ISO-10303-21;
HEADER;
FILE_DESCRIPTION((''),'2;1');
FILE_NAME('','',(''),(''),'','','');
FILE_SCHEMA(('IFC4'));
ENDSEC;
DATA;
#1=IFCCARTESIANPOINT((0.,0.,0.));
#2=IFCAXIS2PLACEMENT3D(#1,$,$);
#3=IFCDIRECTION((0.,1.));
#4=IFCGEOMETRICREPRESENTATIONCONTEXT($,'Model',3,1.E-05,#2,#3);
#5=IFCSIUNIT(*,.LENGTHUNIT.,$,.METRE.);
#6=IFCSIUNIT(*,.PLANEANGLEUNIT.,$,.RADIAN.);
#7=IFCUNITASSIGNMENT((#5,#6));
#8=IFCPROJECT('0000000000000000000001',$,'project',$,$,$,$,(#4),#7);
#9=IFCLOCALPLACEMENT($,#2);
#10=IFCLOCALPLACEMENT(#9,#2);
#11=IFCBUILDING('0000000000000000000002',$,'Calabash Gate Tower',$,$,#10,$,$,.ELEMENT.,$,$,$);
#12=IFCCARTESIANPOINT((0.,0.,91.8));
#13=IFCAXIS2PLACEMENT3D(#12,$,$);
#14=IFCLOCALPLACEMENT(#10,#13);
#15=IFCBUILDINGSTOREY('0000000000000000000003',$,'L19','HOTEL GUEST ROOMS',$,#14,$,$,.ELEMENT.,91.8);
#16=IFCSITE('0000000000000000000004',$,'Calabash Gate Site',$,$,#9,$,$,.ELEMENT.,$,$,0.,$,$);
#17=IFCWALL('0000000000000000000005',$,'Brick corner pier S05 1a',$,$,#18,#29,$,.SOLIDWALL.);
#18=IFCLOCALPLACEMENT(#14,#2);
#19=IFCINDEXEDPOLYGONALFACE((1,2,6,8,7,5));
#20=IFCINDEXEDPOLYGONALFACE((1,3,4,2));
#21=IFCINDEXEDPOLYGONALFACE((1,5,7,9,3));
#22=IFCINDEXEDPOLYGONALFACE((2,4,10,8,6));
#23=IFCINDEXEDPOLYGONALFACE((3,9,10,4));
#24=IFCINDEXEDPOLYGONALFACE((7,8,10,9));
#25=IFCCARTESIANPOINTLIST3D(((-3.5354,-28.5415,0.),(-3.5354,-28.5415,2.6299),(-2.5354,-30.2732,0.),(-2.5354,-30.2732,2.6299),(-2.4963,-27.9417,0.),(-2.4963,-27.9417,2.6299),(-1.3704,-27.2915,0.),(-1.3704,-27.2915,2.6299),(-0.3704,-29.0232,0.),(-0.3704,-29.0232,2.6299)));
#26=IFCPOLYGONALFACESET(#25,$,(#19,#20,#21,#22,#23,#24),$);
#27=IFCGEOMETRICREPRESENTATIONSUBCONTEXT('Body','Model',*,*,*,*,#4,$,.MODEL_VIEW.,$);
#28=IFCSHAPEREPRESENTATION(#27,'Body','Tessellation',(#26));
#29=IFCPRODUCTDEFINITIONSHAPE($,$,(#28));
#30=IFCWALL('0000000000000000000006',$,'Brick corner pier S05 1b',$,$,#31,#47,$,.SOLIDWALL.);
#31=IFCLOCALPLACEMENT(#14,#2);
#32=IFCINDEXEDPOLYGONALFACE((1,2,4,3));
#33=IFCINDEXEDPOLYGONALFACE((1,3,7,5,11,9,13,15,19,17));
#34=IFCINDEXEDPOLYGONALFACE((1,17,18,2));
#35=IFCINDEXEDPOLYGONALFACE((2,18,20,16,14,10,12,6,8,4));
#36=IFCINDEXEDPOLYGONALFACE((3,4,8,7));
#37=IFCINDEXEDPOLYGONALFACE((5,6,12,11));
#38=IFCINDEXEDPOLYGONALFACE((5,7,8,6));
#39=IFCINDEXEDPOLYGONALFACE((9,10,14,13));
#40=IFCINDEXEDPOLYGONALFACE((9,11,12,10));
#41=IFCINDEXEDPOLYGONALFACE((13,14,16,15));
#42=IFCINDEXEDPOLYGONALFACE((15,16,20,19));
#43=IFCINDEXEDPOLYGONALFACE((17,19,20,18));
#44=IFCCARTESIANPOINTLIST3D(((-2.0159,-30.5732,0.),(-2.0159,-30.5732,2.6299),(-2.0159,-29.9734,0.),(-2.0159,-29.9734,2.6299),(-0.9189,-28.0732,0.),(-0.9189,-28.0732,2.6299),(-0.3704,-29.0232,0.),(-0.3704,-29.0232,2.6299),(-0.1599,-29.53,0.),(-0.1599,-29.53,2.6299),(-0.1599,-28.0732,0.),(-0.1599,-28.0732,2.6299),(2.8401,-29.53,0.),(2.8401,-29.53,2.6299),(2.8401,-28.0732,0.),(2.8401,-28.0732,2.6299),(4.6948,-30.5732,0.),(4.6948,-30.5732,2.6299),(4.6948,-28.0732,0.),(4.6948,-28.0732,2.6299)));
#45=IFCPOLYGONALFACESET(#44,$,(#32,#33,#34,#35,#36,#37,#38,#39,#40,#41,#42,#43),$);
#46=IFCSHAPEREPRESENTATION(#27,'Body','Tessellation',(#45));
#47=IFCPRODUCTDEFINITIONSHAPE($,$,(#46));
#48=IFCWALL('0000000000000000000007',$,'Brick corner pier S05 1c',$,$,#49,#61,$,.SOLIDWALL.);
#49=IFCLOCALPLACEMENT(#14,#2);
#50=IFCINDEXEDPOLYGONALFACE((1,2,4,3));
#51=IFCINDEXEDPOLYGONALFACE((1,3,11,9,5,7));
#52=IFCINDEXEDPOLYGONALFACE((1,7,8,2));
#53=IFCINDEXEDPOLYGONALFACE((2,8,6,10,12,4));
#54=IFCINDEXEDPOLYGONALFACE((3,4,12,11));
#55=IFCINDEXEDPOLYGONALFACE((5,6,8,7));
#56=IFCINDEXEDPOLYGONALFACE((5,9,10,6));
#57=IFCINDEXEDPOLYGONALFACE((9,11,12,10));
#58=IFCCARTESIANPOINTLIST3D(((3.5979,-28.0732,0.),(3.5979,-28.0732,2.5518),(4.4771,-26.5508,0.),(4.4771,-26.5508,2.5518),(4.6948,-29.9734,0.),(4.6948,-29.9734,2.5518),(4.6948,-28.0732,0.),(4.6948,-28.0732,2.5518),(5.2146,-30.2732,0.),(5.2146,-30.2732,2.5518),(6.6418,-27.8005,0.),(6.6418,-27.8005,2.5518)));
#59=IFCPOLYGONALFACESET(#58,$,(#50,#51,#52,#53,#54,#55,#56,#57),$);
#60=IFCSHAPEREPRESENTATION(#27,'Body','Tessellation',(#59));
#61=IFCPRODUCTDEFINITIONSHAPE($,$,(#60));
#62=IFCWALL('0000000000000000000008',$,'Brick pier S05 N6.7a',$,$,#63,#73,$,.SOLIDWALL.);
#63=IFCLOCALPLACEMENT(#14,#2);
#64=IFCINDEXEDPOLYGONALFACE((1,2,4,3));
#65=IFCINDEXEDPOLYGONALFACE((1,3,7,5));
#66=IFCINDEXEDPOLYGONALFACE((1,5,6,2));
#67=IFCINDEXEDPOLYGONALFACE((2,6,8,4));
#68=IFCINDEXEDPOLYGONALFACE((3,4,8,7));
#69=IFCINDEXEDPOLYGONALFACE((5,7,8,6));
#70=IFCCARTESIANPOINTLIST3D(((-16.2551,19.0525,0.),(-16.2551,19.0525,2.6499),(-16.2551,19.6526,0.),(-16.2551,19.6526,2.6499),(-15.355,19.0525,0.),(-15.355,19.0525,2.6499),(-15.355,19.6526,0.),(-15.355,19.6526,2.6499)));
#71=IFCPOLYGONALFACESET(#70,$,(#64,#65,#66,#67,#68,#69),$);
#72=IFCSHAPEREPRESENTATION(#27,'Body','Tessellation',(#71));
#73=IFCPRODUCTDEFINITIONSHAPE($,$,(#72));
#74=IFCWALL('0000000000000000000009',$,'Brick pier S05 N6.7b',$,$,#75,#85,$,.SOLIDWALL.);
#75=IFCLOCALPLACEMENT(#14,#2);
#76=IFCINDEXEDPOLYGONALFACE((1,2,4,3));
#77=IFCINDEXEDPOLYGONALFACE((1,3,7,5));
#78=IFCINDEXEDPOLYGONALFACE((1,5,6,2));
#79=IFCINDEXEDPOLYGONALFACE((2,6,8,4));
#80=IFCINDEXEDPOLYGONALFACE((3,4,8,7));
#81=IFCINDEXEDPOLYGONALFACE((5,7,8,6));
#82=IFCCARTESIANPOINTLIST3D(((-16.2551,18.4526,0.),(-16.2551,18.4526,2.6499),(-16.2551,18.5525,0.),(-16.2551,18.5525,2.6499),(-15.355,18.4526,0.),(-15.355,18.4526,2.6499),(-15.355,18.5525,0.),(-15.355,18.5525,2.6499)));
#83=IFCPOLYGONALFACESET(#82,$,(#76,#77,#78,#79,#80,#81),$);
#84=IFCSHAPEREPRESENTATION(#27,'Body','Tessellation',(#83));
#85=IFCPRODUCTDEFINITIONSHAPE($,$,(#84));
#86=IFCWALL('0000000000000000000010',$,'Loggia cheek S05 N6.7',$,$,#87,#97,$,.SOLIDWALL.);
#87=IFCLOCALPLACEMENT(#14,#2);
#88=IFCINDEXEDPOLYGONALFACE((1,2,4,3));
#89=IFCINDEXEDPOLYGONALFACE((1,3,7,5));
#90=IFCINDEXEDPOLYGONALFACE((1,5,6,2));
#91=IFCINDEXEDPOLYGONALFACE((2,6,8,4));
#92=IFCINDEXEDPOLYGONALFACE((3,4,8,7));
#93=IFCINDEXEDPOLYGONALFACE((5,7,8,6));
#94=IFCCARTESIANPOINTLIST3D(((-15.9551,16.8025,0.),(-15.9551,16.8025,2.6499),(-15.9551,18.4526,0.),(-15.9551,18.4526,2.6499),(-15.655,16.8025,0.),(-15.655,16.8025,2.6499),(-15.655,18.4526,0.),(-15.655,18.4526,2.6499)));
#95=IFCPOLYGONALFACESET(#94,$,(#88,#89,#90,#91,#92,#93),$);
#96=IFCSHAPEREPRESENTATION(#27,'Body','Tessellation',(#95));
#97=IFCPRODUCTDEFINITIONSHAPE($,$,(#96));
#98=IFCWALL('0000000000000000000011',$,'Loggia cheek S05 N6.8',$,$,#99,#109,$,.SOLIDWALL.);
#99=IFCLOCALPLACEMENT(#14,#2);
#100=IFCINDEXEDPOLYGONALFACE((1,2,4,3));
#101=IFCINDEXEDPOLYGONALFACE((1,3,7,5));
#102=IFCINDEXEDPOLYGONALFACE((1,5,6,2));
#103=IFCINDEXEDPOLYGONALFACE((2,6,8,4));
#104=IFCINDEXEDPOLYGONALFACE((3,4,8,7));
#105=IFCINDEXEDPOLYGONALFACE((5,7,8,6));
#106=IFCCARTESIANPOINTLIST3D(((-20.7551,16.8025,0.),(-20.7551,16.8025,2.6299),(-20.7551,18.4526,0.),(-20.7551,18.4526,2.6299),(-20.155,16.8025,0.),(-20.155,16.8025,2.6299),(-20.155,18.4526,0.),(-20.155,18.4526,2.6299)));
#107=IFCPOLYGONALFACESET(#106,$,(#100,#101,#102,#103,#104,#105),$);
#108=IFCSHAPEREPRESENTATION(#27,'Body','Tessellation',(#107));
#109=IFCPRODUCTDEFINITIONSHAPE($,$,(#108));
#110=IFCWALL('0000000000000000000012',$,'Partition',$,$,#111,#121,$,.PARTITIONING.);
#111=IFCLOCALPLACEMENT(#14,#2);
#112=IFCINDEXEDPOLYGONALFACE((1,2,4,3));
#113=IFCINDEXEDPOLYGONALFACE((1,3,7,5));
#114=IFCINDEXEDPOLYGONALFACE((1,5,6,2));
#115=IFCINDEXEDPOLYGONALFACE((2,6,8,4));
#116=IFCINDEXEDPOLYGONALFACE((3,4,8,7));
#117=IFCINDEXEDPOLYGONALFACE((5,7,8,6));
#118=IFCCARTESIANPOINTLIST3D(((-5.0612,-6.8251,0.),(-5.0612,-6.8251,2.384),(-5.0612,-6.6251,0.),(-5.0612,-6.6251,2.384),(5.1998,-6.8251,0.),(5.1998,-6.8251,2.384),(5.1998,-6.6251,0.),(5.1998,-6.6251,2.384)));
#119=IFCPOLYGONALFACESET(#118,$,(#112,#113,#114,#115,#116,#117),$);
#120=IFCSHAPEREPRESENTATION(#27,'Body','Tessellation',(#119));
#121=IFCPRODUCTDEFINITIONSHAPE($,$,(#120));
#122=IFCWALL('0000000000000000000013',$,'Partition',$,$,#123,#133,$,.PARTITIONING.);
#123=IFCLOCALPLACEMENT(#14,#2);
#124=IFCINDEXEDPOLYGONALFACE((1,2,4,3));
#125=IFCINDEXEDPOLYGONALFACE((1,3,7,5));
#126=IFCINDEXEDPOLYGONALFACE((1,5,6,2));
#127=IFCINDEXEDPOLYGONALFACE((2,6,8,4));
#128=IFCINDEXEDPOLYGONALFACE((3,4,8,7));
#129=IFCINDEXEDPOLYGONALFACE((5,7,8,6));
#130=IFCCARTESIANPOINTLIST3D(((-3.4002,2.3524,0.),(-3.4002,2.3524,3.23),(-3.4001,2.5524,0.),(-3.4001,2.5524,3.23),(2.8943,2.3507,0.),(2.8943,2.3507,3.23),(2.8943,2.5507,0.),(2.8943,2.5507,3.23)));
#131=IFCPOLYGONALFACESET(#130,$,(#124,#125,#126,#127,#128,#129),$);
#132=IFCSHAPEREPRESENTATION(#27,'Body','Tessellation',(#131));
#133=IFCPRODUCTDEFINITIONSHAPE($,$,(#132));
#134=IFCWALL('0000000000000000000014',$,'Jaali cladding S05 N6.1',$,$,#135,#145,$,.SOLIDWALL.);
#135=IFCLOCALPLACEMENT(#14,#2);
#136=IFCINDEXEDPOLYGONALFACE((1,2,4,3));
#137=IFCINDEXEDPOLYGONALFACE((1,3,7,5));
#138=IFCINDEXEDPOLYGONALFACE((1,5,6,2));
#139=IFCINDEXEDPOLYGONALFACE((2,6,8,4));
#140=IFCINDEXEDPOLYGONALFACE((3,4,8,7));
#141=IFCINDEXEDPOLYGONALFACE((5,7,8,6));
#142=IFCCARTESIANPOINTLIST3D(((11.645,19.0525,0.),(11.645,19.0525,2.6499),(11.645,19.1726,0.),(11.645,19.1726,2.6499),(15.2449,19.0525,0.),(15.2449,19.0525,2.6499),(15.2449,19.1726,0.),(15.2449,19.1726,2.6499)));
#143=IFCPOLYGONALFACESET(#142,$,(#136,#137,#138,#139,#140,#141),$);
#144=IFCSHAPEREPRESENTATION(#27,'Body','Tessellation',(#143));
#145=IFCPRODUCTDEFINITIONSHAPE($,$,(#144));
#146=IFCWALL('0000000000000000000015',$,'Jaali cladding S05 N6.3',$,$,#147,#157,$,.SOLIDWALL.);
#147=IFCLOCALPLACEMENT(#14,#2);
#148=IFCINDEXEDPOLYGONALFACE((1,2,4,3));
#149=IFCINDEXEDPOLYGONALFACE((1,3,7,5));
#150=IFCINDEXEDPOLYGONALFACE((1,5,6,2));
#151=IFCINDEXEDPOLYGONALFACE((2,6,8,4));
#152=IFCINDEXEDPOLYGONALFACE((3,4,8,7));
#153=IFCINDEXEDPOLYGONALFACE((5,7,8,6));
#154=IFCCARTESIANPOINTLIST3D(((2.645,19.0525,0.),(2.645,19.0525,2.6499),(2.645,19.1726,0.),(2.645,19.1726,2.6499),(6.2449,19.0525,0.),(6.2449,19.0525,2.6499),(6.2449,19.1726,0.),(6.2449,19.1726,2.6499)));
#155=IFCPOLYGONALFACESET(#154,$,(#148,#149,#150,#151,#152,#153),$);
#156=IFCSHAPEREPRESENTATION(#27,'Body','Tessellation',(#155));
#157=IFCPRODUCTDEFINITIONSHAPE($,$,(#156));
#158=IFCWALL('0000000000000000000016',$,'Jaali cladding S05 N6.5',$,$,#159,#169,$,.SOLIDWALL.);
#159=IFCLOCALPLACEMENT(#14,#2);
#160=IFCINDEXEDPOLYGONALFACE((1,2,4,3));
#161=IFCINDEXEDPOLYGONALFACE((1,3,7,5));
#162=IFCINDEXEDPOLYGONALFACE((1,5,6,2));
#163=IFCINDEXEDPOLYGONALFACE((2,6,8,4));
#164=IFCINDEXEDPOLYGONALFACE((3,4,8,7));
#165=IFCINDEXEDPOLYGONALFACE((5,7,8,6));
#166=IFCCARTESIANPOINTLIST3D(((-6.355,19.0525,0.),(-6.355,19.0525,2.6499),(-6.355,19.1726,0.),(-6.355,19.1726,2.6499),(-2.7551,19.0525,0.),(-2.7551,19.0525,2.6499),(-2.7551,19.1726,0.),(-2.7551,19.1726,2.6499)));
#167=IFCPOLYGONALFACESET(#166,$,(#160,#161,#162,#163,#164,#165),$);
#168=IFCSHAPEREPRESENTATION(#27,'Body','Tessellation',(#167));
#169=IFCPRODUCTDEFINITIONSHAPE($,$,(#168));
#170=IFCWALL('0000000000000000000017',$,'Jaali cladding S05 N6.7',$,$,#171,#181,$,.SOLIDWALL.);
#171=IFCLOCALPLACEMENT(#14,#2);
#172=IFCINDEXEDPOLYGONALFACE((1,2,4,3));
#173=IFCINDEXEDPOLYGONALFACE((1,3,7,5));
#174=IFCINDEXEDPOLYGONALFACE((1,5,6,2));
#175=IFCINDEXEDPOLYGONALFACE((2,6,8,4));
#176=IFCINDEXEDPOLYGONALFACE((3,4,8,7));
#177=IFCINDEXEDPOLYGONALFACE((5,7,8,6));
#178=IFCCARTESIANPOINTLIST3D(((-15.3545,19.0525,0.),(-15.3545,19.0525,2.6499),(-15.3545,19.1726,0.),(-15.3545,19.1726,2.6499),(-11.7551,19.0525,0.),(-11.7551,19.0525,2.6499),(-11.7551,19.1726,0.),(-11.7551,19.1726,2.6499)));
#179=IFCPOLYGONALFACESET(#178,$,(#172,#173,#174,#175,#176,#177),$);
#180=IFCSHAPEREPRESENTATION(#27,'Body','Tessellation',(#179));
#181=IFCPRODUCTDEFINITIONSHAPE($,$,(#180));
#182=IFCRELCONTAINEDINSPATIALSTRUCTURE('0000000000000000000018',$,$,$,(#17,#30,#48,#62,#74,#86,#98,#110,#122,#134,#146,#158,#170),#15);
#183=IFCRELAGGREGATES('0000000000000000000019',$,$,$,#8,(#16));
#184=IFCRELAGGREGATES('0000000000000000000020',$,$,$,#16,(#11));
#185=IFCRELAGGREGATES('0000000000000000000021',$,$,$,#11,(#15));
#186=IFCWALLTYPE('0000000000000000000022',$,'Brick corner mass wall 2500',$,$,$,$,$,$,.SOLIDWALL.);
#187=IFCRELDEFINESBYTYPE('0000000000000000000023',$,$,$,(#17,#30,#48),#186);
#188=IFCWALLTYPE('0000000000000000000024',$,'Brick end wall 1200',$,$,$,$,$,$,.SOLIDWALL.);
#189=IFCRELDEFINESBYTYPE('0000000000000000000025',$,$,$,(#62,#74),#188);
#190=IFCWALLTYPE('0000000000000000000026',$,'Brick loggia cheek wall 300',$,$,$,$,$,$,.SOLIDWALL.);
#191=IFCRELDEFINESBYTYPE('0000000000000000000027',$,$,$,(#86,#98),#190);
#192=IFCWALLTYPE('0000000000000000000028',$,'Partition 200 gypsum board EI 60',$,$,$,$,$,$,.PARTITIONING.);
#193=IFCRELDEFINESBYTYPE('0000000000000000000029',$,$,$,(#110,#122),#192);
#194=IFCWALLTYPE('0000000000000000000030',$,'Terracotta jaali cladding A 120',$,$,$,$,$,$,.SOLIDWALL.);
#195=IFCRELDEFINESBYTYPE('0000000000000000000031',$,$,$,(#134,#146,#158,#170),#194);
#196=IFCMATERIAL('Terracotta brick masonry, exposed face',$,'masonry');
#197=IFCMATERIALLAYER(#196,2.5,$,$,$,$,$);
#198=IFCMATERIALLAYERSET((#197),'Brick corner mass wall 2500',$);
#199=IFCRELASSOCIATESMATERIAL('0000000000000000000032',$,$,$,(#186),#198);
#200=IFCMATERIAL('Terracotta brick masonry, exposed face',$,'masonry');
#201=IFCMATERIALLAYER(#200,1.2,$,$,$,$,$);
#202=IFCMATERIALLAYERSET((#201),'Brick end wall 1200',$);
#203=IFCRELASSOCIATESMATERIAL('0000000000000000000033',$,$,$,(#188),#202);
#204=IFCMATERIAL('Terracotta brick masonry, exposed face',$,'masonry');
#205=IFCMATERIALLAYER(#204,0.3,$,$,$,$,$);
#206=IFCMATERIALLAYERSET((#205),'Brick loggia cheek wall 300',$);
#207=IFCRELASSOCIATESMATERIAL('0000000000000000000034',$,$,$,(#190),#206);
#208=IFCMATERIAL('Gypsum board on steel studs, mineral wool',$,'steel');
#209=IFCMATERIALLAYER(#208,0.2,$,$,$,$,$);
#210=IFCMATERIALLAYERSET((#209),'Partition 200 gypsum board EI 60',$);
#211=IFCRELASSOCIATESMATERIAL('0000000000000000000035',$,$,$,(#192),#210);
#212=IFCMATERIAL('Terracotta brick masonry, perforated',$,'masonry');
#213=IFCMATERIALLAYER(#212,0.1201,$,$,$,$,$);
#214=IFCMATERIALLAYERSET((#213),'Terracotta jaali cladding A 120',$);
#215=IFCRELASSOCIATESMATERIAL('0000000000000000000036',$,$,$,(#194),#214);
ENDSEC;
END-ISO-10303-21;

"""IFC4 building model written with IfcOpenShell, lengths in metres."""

from ifc_helpers import new_model, si_unit, direction, frame, frame_2d, origin, place, context, subcontext, project, spatial, polyline, rectangle, outline, extrude, material, layer, layer_set, type_object, element, save


model = new_model("IFC4")

# Units and contexts
model_context = context("Model", 3, precision=1e-05, world=origin(), true_north=direction((0.0, 1.0)))
body_context = subcontext(model_context, "Body", "Model", "MODEL_VIEW")
ifc_project = project(units=[si_unit("LENGTHUNIT", "METRE"), si_unit("PLANEANGLEUNIT", "RADIAN")], contexts=[model_context])

# Site, building, storey
site_placement = place(None, origin())
site = spatial("IfcSite", under=ifc_project, at=site_placement, Name="Calabash Gate Site", CompositionType="ELEMENT", RefElevation=0.0)
building_placement = place(site_placement, origin())
building = spatial("IfcBuilding", under=site, at=building_placement, Name="Calabash Gate Tower", CompositionType="ELEMENT")
storey_placement = place(building_placement, frame((0.0, 0.0, 91.8)))
storey = spatial("IfcBuildingStorey", under=building, at=storey_placement, Name="L19", Description="HOTEL GUEST ROOMS", CompositionType="ELEMENT", Elevation=91.8)

# Walls
ifc_material_1 = material(Name="Terracotta brick masonry, exposed face", Category="masonry")
ifc_layer_1 = layer(ifc_material_1, 2.5)
ifc_layer_set_1 = layer_set([ifc_layer_1], Name="Brick corner mass wall 2500")
wall_type_1 = type_object("IfcWallType", Name="Brick corner mass wall 2500", PredefinedType="SOLIDWALL", material=ifc_layer_set_1)
wall_1_placement = place(storey_placement, origin())
element("IfcWall", 1, at=wall_1_placement, inside=storey, type_object=wall_type_1, Name="Brick corner pier S05 1a", PredefinedType="SOLIDWALL", context=body_context, shape_type="SweptSolid", body=[
    extrude(outline(polyline([(-3.5354, -28.5415), (-2.5354, -30.2732), (-0.3704, -29.0232), (-1.3704, -27.2915), (-2.4963, -27.9417), (-2.4963, -27.9417), (-3.5354, -28.5415)])), origin(), (0.0, 0.0, 1.0), 2.6299),
])
wall_2_placement = place(storey_placement, origin())
element("IfcWall", 2, at=wall_2_placement, inside=storey, type_object=wall_type_1, Name="Brick corner pier S05 1b", PredefinedType="SOLIDWALL", context=body_context, shape_type="SweptSolid", body=[
    extrude(outline(polyline([(-0.9189, -28.0732), (-0.3704, -29.0232), (-2.0159, -29.9734), (-2.0159, -30.5732), (4.6948, -30.5732), (4.6948, -28.0732), (2.8401, -28.0732), (2.8401, -29.53), (-0.1599, -29.53), (-0.1599, -28.0732), (-0.9189, -28.0732)])), origin(), (0.0, 0.0, 1.0), 2.6299),
])
wall_3_placement = place(storey_placement, origin())
element("IfcWall", 3, at=wall_3_placement, inside=storey, type_object=wall_type_1, Name="Brick corner pier S05 1c", PredefinedType="SOLIDWALL", context=body_context, shape_type="SweptSolid", body=[
    extrude(outline(polyline([(6.6418, -27.8005), (4.4771, -26.5508), (3.5979, -28.0732), (4.6948, -28.0732), (4.6948, -29.9734), (5.2146, -30.2732), (6.6418, -27.8005)])), origin(), (0.0, 0.0, 1.0), 2.5518),
])
ifc_material_2 = material(Name="Terracotta brick masonry, exposed face", Category="masonry")
ifc_layer_2 = layer(ifc_material_2, 1.2)
ifc_layer_set_2 = layer_set([ifc_layer_2], Name="Brick end wall 1200")
wall_type_2 = type_object("IfcWallType", Name="Brick end wall 1200", PredefinedType="SOLIDWALL", material=ifc_layer_set_2)
wall_4_placement = place(storey_placement, origin())
element("IfcWall", 4, at=wall_4_placement, inside=storey, type_object=wall_type_2, Name="Brick pier S05 N6.7a", PredefinedType="SOLIDWALL", context=body_context, shape_type="SweptSolid", body=[
    extrude(outline(polyline([(-15.355, 19.0525), (-15.355, 19.6526), (-16.2551, 19.6526), (-16.2551, 19.0525), (-15.355, 19.0525)])), origin(), (0.0, 0.0, 1.0), 2.6499),
])
wall_5_placement = place(storey_placement, origin())
element("IfcWall", 5, at=wall_5_placement, inside=storey, type_object=wall_type_2, Name="Brick pier S05 N6.7b", PredefinedType="SOLIDWALL", context=body_context, shape_type="SweptSolid", body=[
    extrude(outline(polyline([(-15.355, 18.4526), (-15.355, 18.5525), (-16.2551, 18.5525), (-16.2551, 18.4526), (-15.355, 18.4526)])), origin(), (0.0, 0.0, 1.0), 2.6499),
])
ifc_material_3 = material(Name="Terracotta brick masonry, exposed face", Category="masonry")
ifc_layer_3 = layer(ifc_material_3, 0.3)
ifc_layer_set_3 = layer_set([ifc_layer_3], Name="Brick loggia cheek wall 300")
wall_type_3 = type_object("IfcWallType", Name="Brick loggia cheek wall 300", PredefinedType="SOLIDWALL", material=ifc_layer_set_3)
wall_6_placement = place(storey_placement, origin())
element("IfcWall", 6, at=wall_6_placement, inside=storey, type_object=wall_type_3, Name="Loggia cheek S05 N6.7", PredefinedType="SOLIDWALL", context=body_context, shape_type="SweptSolid", body=[
    extrude(outline(polyline([(-15.655, 16.8025), (-15.655, 18.4526), (-15.9551, 18.4526), (-15.9551, 16.8025), (-15.655, 16.8025)])), origin(), (0.0, 0.0, 1.0), 2.6499),
])
wall_7_placement = place(storey_placement, origin())
element("IfcWall", 7, at=wall_7_placement, inside=storey, type_object=wall_type_3, Name="Loggia cheek S05 N6.8", PredefinedType="SOLIDWALL", context=body_context, shape_type="SweptSolid", body=[
    extrude(outline(polyline([(-20.7551, 18.4526), (-20.7551, 16.8025), (-20.155, 16.8025), (-20.155, 18.4526), (-20.7551, 18.4526)])), origin(), (0.0, 0.0, 1.0), 2.6299),
])
ifc_material_4 = material(Name="Gypsum board on steel studs, mineral wool", Category="steel")
ifc_layer_4 = layer(ifc_material_4, 0.2)
ifc_layer_set_4 = layer_set([ifc_layer_4], Name="Partition 200 gypsum board EI 60")
wall_type_4 = type_object("IfcWallType", Name="Partition 200 gypsum board EI 60", PredefinedType="PARTITIONING", material=ifc_layer_set_4)
wall_8_placement = place(storey_placement, frame((-5.061, -6.7251, 0.0), z_axis=(0.0, 0.0, 1.0), x_axis=(1.0, 0.0, 0.0)))
element("IfcWall", 8, at=wall_8_placement, inside=storey, type_object=wall_type_4, Name="Partition", PredefinedType="PARTITIONING", context=body_context, shape_type="SweptSolid", body=[
    extrude(rectangle(XDim=10.261, YDim=0.2, at=frame_2d((5.1304, 0.0))), origin(), (0.0, 0.0, 1.0), 2.384),
])
wall_9_placement = place(storey_placement, frame((-3.4001, 2.4524, 0.0), z_axis=(0.0, 0.0, 1.0), x_axis=(1.0, -0.000272, 0.0)))
element("IfcWall", 9, at=wall_9_placement, inside=storey, type_object=wall_type_4, Name="Partition", PredefinedType="PARTITIONING", context=body_context, shape_type="SweptSolid", body=[
    extrude(rectangle(XDim=6.2944, YDim=0.2, at=frame_2d((3.1472, 0.0))), origin(), (0.0, 0.0, 1.0), 3.23),
])
ifc_material_5 = material(Name="Terracotta brick masonry, perforated", Category="masonry")
ifc_layer_5 = layer(ifc_material_5, 0.1201)
ifc_layer_set_5 = layer_set([ifc_layer_5], Name="Terracotta jaali cladding A 120")
wall_type_5 = type_object("IfcWallType", Name="Terracotta jaali cladding A 120", PredefinedType="SOLIDWALL", material=ifc_layer_set_5)
wall_10_placement = place(storey_placement, origin())
element("IfcWall", 10, at=wall_10_placement, inside=storey, type_object=wall_type_5, Name="Jaali cladding S05 N6.1", PredefinedType="SOLIDWALL", context=body_context, shape_type="SweptSolid", body=[
    extrude(outline(polyline([(11.645, 19.1726), (11.645, 19.0525), (15.2449, 19.0525), (15.2449, 19.1726), (11.645, 19.1726)])), origin(), (0.0, 0.0, 1.0), 2.6499),
])
wall_11_placement = place(storey_placement, origin())
element("IfcWall", 11, at=wall_11_placement, inside=storey, type_object=wall_type_5, Name="Jaali cladding S05 N6.3", PredefinedType="SOLIDWALL", context=body_context, shape_type="SweptSolid", body=[
    extrude(outline(polyline([(2.645, 19.1726), (2.645, 19.0525), (6.2449, 19.0525), (6.2449, 19.1726), (2.645, 19.1726)])), origin(), (0.0, 0.0, 1.0), 2.6499),
])
wall_12_placement = place(storey_placement, origin())
element("IfcWall", 12, at=wall_12_placement, inside=storey, type_object=wall_type_5, Name="Jaali cladding S05 N6.5", PredefinedType="SOLIDWALL", context=body_context, shape_type="SweptSolid", body=[
    extrude(outline(polyline([(-6.355, 19.1726), (-6.355, 19.0525), (-2.7551, 19.0525), (-2.7551, 19.1726), (-6.355, 19.1726)])), origin(), (0.0, 0.0, 1.0), 2.6499),
])
wall_13_placement = place(storey_placement, origin())
element("IfcWall", 13, at=wall_13_placement, inside=storey, type_object=wall_type_5, Name="Jaali cladding S05 N6.7", PredefinedType="SOLIDWALL", context=body_context, shape_type="SweptSolid", body=[
    extrude(outline(polyline([(-15.3545, 19.1726), (-15.3545, 19.0525), (-11.7551, 19.0525), (-11.7551, 19.1726), (-15.3545, 19.1726)])), origin(), (0.0, 0.0, 1.0), 2.6499),
])

save(model, "model.ifc")
